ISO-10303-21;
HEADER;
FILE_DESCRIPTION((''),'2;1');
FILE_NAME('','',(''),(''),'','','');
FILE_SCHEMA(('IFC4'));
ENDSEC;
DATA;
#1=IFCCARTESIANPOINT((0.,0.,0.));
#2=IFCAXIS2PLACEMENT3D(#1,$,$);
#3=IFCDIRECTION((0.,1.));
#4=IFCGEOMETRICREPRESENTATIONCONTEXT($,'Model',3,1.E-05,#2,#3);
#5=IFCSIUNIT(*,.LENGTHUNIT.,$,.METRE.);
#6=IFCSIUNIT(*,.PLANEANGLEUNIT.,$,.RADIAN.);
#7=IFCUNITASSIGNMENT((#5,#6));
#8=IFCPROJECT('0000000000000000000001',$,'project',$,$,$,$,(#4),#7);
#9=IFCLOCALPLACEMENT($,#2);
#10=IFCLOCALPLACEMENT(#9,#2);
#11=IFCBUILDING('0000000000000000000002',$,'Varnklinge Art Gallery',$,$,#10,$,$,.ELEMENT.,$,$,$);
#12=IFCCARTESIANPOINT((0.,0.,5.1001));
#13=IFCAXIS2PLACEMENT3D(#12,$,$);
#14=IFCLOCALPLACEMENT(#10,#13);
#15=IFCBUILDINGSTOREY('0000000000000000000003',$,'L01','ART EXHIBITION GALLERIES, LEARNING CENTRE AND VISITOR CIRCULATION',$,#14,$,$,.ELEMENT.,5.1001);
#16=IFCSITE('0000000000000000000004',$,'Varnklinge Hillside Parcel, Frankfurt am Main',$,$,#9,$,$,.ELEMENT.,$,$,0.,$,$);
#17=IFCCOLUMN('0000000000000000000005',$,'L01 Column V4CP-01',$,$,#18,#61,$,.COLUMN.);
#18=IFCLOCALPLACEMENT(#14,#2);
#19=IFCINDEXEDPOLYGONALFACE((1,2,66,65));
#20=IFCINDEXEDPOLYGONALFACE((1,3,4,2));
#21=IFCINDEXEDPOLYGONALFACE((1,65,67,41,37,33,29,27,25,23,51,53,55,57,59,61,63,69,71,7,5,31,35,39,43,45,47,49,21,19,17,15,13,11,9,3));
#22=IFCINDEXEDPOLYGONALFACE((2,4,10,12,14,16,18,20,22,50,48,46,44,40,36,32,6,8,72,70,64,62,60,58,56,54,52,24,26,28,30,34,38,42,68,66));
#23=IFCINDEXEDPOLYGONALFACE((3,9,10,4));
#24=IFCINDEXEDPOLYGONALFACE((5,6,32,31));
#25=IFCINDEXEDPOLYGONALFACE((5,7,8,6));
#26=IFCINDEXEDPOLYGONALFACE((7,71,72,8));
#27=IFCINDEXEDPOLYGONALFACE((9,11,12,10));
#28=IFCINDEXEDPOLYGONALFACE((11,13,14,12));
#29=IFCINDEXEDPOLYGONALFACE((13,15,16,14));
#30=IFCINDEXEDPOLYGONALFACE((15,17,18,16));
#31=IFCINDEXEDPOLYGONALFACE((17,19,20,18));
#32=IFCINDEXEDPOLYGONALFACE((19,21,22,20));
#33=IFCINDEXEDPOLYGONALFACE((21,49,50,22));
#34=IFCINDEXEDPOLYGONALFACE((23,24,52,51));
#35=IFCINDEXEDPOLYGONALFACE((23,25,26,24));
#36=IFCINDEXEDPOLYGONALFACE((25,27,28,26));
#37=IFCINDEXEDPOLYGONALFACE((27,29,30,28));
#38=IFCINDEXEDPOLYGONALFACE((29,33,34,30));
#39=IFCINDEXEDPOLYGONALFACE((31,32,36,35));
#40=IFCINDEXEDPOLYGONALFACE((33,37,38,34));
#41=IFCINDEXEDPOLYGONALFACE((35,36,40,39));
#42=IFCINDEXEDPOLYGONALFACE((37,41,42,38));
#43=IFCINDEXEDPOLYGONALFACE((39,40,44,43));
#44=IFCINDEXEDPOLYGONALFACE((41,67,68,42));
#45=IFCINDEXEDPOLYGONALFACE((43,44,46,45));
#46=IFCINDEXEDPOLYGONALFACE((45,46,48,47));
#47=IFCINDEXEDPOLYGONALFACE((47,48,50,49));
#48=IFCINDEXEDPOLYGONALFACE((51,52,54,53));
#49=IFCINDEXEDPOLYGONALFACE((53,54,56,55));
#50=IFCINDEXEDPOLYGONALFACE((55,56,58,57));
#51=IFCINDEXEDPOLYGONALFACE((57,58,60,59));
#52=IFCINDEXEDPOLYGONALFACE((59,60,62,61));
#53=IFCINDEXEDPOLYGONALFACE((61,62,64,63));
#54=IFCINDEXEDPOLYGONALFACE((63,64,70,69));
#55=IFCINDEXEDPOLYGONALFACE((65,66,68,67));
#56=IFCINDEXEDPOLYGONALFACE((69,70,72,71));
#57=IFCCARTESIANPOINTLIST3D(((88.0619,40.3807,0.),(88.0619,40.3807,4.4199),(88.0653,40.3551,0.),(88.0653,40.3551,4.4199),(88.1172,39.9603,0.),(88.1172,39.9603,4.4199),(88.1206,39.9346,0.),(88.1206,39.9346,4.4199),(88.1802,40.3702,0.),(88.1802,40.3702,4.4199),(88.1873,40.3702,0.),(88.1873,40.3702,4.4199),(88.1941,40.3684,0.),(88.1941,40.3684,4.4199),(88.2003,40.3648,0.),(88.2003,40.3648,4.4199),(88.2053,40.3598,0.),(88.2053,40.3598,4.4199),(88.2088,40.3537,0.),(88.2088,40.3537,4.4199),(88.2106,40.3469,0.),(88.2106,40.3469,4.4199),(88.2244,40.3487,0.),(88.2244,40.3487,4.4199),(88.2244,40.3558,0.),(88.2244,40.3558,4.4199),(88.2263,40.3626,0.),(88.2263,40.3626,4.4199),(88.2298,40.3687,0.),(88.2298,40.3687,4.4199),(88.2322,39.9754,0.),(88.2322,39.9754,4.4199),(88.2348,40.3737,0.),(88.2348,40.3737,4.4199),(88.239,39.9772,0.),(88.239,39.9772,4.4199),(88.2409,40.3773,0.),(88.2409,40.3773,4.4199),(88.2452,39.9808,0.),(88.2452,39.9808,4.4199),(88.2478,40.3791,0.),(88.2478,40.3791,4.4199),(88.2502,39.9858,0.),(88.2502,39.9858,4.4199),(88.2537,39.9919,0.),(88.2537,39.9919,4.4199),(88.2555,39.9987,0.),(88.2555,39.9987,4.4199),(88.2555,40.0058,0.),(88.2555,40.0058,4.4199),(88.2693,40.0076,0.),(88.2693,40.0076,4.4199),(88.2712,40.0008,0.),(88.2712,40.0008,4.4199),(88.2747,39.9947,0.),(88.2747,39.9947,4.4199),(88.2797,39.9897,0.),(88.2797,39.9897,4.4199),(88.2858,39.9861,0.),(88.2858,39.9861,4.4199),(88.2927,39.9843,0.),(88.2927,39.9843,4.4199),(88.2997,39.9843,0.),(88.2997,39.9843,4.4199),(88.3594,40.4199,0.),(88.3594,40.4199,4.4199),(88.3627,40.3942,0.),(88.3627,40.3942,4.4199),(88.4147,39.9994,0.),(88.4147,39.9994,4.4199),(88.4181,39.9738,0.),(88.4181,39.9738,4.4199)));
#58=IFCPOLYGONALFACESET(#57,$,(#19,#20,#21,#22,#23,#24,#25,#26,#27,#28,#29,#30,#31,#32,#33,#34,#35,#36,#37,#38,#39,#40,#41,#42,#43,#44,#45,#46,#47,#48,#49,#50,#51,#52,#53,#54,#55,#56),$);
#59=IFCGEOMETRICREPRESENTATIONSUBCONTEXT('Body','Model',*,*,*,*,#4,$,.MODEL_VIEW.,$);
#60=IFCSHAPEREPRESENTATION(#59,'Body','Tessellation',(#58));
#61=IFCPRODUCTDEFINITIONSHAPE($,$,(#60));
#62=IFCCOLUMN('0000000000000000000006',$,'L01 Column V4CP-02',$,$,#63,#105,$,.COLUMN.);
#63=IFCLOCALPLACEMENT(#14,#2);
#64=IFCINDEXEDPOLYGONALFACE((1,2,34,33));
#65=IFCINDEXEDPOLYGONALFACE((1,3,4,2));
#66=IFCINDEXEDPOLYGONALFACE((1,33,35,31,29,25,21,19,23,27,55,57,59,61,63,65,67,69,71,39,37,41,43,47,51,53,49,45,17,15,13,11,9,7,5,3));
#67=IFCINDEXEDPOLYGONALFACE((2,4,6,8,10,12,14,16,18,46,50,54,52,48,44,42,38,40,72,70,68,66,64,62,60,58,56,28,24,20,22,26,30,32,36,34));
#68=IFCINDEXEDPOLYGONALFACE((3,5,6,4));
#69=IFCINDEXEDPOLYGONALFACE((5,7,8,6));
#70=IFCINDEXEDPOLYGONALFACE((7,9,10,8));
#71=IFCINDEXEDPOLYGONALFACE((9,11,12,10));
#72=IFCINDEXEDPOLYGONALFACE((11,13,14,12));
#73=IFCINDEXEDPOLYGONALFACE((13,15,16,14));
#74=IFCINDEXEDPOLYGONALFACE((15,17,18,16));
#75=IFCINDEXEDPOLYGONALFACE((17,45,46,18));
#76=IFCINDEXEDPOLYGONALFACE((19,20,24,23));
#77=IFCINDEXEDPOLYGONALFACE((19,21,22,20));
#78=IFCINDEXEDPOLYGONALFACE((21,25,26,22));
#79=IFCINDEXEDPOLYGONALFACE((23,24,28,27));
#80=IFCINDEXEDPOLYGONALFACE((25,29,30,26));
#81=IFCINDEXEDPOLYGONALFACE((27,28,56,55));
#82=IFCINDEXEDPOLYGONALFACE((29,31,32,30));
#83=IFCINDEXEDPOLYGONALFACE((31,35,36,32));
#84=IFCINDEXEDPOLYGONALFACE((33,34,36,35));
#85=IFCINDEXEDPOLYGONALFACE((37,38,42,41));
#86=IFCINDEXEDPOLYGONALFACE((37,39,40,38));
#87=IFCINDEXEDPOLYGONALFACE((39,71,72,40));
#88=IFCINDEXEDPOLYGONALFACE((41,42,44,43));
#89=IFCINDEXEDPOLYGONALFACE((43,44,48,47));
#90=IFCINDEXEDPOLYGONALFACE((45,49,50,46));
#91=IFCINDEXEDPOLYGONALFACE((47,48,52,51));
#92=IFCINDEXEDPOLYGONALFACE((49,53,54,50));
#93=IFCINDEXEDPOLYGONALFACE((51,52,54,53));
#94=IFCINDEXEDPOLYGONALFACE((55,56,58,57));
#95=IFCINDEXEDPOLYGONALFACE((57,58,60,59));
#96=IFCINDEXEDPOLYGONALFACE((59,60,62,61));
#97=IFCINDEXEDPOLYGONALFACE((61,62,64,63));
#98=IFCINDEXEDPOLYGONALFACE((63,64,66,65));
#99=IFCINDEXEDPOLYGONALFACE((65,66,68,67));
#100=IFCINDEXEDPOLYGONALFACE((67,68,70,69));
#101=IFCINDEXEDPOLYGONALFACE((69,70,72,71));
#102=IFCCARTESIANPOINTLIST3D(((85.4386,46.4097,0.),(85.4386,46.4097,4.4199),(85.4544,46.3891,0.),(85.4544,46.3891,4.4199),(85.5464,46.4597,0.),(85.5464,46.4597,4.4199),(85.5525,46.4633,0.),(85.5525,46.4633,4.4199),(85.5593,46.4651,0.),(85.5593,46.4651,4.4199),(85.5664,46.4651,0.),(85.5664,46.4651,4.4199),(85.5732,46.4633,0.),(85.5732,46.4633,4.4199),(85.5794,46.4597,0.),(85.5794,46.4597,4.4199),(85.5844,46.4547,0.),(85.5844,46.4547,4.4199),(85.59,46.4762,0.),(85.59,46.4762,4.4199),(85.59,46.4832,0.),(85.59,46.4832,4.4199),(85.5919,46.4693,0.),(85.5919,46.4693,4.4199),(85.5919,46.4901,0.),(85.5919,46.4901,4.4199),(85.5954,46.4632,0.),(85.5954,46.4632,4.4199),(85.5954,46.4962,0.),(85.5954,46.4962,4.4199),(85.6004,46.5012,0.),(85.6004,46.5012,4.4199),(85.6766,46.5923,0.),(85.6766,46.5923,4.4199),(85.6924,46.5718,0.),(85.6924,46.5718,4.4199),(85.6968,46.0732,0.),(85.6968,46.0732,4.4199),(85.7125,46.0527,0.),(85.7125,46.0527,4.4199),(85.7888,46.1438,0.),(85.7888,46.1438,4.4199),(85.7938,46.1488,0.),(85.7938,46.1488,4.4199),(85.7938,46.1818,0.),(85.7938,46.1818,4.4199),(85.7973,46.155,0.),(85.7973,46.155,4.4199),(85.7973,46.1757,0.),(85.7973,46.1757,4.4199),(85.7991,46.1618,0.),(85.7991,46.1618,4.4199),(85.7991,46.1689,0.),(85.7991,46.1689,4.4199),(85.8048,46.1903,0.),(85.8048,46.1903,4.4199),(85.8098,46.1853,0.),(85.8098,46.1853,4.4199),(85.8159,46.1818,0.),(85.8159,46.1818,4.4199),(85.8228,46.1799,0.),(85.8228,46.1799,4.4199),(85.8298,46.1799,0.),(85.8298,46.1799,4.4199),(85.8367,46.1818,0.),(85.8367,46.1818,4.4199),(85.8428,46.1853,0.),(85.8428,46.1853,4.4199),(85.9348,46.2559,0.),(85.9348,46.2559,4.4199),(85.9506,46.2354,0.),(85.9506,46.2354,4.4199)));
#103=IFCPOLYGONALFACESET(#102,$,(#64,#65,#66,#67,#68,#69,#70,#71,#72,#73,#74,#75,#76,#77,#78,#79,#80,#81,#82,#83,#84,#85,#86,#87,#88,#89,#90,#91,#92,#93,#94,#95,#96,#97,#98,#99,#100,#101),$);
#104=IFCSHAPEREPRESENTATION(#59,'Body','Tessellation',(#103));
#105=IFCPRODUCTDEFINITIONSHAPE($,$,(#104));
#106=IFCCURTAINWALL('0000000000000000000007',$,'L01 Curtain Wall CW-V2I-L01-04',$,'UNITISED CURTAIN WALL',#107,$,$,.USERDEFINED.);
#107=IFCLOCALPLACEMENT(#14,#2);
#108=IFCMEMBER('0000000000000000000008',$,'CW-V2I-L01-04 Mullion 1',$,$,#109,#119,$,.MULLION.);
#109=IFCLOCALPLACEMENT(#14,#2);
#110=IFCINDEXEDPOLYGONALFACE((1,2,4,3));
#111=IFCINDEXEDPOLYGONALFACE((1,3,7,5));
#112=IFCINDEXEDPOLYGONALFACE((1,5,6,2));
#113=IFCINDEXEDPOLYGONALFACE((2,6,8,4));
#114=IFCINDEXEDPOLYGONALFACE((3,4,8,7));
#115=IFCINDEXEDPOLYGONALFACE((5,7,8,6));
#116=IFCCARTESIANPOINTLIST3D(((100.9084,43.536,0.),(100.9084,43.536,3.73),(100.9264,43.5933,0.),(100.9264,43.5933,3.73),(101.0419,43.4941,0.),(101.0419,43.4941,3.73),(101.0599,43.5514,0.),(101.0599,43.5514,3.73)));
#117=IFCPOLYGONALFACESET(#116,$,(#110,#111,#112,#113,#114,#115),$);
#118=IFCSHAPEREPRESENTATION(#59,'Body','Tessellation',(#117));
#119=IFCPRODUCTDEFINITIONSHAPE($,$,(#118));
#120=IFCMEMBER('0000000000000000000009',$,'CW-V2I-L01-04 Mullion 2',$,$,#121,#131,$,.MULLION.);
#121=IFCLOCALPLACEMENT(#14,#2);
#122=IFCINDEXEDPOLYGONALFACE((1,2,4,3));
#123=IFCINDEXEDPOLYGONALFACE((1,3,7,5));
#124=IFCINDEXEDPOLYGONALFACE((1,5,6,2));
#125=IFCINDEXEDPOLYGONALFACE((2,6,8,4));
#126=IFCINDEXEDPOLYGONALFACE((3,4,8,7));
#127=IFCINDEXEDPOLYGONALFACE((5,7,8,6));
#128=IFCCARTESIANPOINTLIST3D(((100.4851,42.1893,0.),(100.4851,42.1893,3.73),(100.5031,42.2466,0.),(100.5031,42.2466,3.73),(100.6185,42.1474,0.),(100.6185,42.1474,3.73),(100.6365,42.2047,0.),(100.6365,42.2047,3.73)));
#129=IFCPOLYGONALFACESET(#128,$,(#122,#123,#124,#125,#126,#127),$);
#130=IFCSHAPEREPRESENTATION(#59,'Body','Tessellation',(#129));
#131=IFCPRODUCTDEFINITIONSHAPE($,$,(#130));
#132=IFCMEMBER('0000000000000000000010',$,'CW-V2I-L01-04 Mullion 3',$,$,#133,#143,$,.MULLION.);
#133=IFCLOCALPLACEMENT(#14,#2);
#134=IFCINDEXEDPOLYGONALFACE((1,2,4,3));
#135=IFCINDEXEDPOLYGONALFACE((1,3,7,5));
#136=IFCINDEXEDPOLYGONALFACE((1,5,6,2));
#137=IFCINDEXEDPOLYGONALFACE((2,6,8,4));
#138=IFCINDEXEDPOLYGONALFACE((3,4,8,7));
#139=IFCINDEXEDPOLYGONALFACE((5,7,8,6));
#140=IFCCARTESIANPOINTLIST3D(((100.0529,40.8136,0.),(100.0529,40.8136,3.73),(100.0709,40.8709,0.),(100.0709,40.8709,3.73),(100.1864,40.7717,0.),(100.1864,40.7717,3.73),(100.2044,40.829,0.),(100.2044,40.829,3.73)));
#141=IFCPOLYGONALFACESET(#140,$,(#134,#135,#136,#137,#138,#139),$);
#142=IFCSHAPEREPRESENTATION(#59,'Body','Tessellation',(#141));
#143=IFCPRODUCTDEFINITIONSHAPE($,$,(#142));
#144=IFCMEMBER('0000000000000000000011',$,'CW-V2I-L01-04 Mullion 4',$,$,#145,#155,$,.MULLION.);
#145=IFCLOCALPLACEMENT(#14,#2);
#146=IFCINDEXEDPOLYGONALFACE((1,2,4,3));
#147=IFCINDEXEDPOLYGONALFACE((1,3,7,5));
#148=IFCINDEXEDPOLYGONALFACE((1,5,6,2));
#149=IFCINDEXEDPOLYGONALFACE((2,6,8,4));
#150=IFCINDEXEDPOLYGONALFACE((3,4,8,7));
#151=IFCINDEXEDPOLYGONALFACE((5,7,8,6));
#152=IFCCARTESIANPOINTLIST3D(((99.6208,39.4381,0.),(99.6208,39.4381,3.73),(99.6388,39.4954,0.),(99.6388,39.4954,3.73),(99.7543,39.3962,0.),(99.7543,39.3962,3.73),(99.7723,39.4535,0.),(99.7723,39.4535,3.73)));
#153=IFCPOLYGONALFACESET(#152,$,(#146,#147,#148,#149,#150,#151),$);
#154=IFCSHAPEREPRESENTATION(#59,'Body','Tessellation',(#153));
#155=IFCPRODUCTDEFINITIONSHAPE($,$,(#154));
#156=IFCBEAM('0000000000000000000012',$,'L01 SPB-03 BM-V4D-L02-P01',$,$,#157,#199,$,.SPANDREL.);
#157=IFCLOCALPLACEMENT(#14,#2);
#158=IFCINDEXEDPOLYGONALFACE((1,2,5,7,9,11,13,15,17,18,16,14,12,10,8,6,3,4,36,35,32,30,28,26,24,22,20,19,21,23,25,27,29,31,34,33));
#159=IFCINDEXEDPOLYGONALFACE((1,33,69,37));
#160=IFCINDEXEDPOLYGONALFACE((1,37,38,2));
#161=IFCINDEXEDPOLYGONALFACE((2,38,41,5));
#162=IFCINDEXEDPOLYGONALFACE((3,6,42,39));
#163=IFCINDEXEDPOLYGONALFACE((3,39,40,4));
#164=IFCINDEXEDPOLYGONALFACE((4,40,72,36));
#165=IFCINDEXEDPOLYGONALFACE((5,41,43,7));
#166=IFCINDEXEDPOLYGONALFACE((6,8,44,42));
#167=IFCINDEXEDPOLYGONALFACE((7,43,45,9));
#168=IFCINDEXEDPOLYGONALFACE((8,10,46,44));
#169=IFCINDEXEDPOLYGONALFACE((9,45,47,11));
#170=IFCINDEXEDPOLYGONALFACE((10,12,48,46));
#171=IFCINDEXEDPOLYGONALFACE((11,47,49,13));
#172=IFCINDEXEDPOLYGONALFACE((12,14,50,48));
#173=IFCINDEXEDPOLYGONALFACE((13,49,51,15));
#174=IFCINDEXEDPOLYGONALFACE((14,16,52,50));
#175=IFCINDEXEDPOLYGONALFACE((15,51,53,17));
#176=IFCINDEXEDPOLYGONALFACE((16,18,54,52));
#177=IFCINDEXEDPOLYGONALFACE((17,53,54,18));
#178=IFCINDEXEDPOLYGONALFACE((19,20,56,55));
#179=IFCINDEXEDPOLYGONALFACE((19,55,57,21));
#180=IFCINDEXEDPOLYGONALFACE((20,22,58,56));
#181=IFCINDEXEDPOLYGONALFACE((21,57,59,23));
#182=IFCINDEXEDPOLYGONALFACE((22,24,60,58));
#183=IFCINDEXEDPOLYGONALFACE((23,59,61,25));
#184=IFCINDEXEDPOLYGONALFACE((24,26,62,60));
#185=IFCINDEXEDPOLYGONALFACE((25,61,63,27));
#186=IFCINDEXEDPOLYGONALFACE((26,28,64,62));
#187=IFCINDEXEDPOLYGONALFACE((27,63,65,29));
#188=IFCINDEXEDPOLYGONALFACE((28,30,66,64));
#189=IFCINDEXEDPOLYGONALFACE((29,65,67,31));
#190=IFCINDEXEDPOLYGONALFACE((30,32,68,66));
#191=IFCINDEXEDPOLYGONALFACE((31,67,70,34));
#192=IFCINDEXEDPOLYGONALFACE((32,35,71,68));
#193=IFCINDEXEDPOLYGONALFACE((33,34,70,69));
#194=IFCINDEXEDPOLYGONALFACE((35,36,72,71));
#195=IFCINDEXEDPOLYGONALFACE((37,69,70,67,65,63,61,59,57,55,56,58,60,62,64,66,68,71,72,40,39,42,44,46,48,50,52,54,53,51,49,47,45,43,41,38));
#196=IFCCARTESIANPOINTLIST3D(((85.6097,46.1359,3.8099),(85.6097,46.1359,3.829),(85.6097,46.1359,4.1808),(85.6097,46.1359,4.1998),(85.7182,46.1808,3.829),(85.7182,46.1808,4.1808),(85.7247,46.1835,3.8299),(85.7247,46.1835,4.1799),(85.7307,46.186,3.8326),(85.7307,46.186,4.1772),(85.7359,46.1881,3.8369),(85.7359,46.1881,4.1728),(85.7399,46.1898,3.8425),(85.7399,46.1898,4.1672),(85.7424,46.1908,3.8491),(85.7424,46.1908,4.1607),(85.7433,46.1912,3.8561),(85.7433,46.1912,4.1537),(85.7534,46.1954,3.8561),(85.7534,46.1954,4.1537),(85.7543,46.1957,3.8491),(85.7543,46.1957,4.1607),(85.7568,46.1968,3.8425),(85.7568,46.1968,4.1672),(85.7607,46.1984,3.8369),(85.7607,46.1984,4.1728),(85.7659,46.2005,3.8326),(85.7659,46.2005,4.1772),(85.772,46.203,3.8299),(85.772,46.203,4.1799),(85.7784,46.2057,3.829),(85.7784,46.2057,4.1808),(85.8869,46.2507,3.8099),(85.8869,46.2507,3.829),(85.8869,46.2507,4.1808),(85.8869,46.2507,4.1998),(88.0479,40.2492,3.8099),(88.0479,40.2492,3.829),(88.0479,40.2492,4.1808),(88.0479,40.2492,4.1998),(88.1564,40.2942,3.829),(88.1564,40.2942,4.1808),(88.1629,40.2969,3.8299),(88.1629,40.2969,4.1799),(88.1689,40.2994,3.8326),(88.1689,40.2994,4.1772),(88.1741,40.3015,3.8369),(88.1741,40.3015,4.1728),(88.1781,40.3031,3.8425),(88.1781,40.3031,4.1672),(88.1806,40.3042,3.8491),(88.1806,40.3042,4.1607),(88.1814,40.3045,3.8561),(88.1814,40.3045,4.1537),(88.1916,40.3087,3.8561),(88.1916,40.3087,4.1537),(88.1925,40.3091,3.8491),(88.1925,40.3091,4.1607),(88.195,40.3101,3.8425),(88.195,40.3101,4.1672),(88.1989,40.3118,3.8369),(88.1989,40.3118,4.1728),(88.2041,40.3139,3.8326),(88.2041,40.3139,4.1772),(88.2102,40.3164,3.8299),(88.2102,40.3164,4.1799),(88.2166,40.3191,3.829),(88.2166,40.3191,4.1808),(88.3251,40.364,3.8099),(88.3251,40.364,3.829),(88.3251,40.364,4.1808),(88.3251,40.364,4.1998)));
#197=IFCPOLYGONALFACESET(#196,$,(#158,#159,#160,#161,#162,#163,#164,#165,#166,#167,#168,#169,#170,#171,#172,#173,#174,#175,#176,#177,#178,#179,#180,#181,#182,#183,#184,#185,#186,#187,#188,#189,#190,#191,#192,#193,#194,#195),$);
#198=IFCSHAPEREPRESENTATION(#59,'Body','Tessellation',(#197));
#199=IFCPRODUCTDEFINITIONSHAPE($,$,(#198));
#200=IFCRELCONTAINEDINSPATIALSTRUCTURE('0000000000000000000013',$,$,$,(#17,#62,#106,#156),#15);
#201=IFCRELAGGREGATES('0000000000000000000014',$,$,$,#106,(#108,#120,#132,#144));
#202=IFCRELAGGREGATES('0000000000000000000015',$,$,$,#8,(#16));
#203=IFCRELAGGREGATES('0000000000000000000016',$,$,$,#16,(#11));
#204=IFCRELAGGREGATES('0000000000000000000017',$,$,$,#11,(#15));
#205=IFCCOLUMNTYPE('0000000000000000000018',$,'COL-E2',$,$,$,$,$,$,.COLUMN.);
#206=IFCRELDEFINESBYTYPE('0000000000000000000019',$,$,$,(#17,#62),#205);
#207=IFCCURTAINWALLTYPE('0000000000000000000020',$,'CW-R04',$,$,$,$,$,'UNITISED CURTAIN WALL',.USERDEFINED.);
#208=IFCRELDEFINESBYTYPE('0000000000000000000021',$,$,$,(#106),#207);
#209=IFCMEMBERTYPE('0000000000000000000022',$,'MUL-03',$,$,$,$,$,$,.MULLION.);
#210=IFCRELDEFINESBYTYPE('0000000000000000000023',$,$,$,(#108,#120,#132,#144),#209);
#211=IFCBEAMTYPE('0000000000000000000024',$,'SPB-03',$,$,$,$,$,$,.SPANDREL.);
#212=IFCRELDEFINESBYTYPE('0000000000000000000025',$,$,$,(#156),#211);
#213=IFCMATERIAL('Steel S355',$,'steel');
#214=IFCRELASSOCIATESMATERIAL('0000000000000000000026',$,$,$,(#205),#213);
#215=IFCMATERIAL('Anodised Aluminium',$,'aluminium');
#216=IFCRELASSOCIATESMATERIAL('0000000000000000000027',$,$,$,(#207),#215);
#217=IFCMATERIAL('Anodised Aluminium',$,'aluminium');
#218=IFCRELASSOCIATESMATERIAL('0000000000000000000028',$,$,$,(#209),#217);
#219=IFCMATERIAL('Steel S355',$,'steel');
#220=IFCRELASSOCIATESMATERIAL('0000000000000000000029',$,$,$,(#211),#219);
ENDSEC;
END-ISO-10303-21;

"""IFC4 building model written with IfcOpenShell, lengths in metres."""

from ifc_helpers import new_model, si_unit, direction, frame, origin, origin_2d, place, context, subcontext, project, spatial, rectangle, i_section, extrude, material, material_profile, profile_set, type_object, element, aggregate, save


model = new_model("IFC4")

# Units and contexts
model_context = context("Model", 3, precision=1e-05, world=origin(), true_north=direction((0.0, 1.0)))
body_context = subcontext(model_context, "Body", "Model", "MODEL_VIEW")
ifc_project = project(units=[si_unit("LENGTHUNIT", "METRE"), si_unit("PLANEANGLEUNIT", "RADIAN")], contexts=[model_context])

# Site, building, storey
site_placement = place(None, origin())
site = spatial("IfcSite", under=ifc_project, at=site_placement, Name="Varnklinge Hillside Parcel, Frankfurt am Main", CompositionType="ELEMENT", RefElevation=0.0)
building_placement = place(site_placement, origin())
building = spatial("IfcBuilding", under=site, at=building_placement, Name="Varnklinge Art Gallery", CompositionType="ELEMENT")
storey_placement = place(building_placement, frame((0.0, 0.0, 5.1001)))
storey = spatial("IfcBuildingStorey", under=building, at=storey_placement, Name="L01", Description="ART EXHIBITION GALLERIES, LEARNING CENTRE AND VISITOR CIRCULATION", CompositionType="ELEMENT", Elevation=5.1001)

# Columns
ifc_material_1 = material(Name="Steel S355", Category="steel")
ifc_material_profile_1 = material_profile(ifc_material_1, i_section(OverallWidth=0.3, OverallDepth=0.45, WebThickness=0.0139, FlangeThickness=0.0259, FilletRadius=0.0271, at=origin_2d()), Name="HEB 450")
ifc_profile_set_1 = profile_set([ifc_material_profile_1], Name="Steel S355")
column_type = type_object("IfcColumnType", Name="COL-E2", PredefinedType="COLUMN", material=ifc_profile_set_1)
for number, where, z_axis, x_axis, name in (
    (1, (88.24, 40.1772, 0.0), (0.0, 0.0, 1.0), (0.991445, 0.130526, 0.0), "L01 Column V4CP-01"),
    (2, (85.6946, 46.3225, 0.0), (0.0, 0.0, 1.0), (0.793353, 0.608761, 0.0), "L01 Column V4CP-02"),
):
    element("IfcColumn", number, at=place(storey_placement, frame(where, z_axis=z_axis, x_axis=x_axis)), inside=storey, type_object=column_type, Name=name, PredefinedType="COLUMN", context=body_context, shape_type="SweptSolid", body=[
        extrude(i_section(OverallWidth=0.3, OverallDepth=0.45, WebThickness=0.0139, FlangeThickness=0.0259, FilletRadius=0.0271, at=origin_2d()), origin(), (0.0, 0.0, 1.0), 4.4199),
    ])

# Curtain wall, members
ifc_material_2 = material(Name="Anodised Aluminium", Category="aluminium")
curtain_wall_type = type_object("IfcCurtainWallType", Name="CW-R04", ElementType="UNITISED CURTAIN WALL", PredefinedType="USERDEFINED", material=ifc_material_2)
curtain_wall_placement = place(storey_placement, origin())
curtain_wall = element("IfcCurtainWall", 3, at=curtain_wall_placement, inside=storey, type_object=curtain_wall_type, Name="L01 Curtain Wall CW-V2I-L01-04", ObjectType="UNITISED CURTAIN WALL", PredefinedType="USERDEFINED")
ifc_material_3 = material(Name="Anodised Aluminium", Category="aluminium")
ifc_material_profile_2 = material_profile(ifc_material_3, rectangle(XDim=0.0601, YDim=0.1399, at=origin_2d()), Name="ALU 60x140")
ifc_profile_set_2 = profile_set([ifc_material_profile_2], Name="Anodised Aluminium")
member_type_1 = type_object("IfcMemberType", Name="MUL-03", PredefinedType="MULLION", material=ifc_profile_set_2)
member_1_placement = place(storey_placement, frame((100.9841, 43.5437, 0.0), z_axis=(0.0, 0.0, 1.0), x_axis=(-0.299707, -0.954031, 0.0)))
member_1 = element("IfcMember", 4, at=member_1_placement, type_object=member_type_1, Name="CW-V2I-L01-04 Mullion 1", PredefinedType="MULLION", context=body_context, shape_type="SweptSolid", body=[
    extrude(rectangle(XDim=0.0601, YDim=0.1399, at=origin_2d()), origin(), (0.0, 0.0, 1.0), 3.73),
])
member_2_placement = place(storey_placement, frame((100.5608, 42.197, 0.0), z_axis=(0.0, 0.0, 1.0), x_axis=(-0.299707, -0.954031, 0.0)))
member_2 = element("IfcMember", 5, at=member_2_placement, type_object=member_type_1, Name="CW-V2I-L01-04 Mullion 2", PredefinedType="MULLION", context=body_context, shape_type="SweptSolid", body=[
    extrude(rectangle(XDim=0.0601, YDim=0.1399, at=origin_2d()), origin(), (0.0, 0.0, 1.0), 3.73),
])
member_3_placement = place(storey_placement, frame((100.1287, 40.8213, 0.0), z_axis=(0.0, 0.0, 1.0), x_axis=(-0.299707, -0.954031, 0.0)))
member_3 = element("IfcMember", 6, at=member_3_placement, type_object=member_type_1, Name="CW-V2I-L01-04 Mullion 3", PredefinedType="MULLION", context=body_context, shape_type="SweptSolid", body=[
    extrude(rectangle(XDim=0.0601, YDim=0.1399, at=origin_2d()), origin(), (0.0, 0.0, 1.0), 3.73),
])
member_4_placement = place(storey_placement, frame((99.6965, 39.4458, 0.0), z_axis=(0.0, 0.0, 1.0), x_axis=(-0.299707, -0.954031, 0.0)))
member_4 = element("IfcMember", 7, at=member_4_placement, type_object=member_type_1, Name="CW-V2I-L01-04 Mullion 4", PredefinedType="MULLION", context=body_context, shape_type="SweptSolid", body=[
    extrude(rectangle(XDim=0.0601, YDim=0.1399, at=origin_2d()), origin(), (0.0, 0.0, 1.0), 3.73),
])

# Beam
ifc_material_4 = material(Name="Steel S355", Category="steel")
ifc_material_profile_3 = material_profile(ifc_material_4, i_section(OverallWidth=0.3, OverallDepth=0.3899, WebThickness=0.011, FlangeThickness=0.019, FilletRadius=0.0271, at=origin_2d()), Name="HEA 400")
ifc_profile_set_3 = profile_set([ifc_material_profile_3], Name="Steel S355")
beam_type = type_object("IfcBeamType", Name="SPB-03", PredefinedType="SPANDREL", material=ifc_profile_set_3)
for number, where, z_axis, x_axis, name in (
    (8, (88.1865, 40.3066, 4.0049), (-0.382667, 0.923887, 0.0), (-0.923887, -0.382667, 0.0), "L01 SPB-03 BM-V4D-L02-P01"),
):
    element("IfcBeam", number, at=place(storey_placement, frame(where, z_axis=z_axis, x_axis=x_axis)), inside=storey, type_object=beam_type, Name=name, PredefinedType="SPANDREL", context=body_context, shape_type="SweptSolid", body=[
        extrude(i_section(OverallWidth=0.3, OverallDepth=0.3899, WebThickness=0.011, FlangeThickness=0.019, FilletRadius=0.0271, at=origin_2d()), origin(), (0.0, 0.0, 1.0), 6.3716),
    ])

aggregate(curtain_wall, [member_1, member_2, member_3, member_4])

save(model, "model.ifc")
